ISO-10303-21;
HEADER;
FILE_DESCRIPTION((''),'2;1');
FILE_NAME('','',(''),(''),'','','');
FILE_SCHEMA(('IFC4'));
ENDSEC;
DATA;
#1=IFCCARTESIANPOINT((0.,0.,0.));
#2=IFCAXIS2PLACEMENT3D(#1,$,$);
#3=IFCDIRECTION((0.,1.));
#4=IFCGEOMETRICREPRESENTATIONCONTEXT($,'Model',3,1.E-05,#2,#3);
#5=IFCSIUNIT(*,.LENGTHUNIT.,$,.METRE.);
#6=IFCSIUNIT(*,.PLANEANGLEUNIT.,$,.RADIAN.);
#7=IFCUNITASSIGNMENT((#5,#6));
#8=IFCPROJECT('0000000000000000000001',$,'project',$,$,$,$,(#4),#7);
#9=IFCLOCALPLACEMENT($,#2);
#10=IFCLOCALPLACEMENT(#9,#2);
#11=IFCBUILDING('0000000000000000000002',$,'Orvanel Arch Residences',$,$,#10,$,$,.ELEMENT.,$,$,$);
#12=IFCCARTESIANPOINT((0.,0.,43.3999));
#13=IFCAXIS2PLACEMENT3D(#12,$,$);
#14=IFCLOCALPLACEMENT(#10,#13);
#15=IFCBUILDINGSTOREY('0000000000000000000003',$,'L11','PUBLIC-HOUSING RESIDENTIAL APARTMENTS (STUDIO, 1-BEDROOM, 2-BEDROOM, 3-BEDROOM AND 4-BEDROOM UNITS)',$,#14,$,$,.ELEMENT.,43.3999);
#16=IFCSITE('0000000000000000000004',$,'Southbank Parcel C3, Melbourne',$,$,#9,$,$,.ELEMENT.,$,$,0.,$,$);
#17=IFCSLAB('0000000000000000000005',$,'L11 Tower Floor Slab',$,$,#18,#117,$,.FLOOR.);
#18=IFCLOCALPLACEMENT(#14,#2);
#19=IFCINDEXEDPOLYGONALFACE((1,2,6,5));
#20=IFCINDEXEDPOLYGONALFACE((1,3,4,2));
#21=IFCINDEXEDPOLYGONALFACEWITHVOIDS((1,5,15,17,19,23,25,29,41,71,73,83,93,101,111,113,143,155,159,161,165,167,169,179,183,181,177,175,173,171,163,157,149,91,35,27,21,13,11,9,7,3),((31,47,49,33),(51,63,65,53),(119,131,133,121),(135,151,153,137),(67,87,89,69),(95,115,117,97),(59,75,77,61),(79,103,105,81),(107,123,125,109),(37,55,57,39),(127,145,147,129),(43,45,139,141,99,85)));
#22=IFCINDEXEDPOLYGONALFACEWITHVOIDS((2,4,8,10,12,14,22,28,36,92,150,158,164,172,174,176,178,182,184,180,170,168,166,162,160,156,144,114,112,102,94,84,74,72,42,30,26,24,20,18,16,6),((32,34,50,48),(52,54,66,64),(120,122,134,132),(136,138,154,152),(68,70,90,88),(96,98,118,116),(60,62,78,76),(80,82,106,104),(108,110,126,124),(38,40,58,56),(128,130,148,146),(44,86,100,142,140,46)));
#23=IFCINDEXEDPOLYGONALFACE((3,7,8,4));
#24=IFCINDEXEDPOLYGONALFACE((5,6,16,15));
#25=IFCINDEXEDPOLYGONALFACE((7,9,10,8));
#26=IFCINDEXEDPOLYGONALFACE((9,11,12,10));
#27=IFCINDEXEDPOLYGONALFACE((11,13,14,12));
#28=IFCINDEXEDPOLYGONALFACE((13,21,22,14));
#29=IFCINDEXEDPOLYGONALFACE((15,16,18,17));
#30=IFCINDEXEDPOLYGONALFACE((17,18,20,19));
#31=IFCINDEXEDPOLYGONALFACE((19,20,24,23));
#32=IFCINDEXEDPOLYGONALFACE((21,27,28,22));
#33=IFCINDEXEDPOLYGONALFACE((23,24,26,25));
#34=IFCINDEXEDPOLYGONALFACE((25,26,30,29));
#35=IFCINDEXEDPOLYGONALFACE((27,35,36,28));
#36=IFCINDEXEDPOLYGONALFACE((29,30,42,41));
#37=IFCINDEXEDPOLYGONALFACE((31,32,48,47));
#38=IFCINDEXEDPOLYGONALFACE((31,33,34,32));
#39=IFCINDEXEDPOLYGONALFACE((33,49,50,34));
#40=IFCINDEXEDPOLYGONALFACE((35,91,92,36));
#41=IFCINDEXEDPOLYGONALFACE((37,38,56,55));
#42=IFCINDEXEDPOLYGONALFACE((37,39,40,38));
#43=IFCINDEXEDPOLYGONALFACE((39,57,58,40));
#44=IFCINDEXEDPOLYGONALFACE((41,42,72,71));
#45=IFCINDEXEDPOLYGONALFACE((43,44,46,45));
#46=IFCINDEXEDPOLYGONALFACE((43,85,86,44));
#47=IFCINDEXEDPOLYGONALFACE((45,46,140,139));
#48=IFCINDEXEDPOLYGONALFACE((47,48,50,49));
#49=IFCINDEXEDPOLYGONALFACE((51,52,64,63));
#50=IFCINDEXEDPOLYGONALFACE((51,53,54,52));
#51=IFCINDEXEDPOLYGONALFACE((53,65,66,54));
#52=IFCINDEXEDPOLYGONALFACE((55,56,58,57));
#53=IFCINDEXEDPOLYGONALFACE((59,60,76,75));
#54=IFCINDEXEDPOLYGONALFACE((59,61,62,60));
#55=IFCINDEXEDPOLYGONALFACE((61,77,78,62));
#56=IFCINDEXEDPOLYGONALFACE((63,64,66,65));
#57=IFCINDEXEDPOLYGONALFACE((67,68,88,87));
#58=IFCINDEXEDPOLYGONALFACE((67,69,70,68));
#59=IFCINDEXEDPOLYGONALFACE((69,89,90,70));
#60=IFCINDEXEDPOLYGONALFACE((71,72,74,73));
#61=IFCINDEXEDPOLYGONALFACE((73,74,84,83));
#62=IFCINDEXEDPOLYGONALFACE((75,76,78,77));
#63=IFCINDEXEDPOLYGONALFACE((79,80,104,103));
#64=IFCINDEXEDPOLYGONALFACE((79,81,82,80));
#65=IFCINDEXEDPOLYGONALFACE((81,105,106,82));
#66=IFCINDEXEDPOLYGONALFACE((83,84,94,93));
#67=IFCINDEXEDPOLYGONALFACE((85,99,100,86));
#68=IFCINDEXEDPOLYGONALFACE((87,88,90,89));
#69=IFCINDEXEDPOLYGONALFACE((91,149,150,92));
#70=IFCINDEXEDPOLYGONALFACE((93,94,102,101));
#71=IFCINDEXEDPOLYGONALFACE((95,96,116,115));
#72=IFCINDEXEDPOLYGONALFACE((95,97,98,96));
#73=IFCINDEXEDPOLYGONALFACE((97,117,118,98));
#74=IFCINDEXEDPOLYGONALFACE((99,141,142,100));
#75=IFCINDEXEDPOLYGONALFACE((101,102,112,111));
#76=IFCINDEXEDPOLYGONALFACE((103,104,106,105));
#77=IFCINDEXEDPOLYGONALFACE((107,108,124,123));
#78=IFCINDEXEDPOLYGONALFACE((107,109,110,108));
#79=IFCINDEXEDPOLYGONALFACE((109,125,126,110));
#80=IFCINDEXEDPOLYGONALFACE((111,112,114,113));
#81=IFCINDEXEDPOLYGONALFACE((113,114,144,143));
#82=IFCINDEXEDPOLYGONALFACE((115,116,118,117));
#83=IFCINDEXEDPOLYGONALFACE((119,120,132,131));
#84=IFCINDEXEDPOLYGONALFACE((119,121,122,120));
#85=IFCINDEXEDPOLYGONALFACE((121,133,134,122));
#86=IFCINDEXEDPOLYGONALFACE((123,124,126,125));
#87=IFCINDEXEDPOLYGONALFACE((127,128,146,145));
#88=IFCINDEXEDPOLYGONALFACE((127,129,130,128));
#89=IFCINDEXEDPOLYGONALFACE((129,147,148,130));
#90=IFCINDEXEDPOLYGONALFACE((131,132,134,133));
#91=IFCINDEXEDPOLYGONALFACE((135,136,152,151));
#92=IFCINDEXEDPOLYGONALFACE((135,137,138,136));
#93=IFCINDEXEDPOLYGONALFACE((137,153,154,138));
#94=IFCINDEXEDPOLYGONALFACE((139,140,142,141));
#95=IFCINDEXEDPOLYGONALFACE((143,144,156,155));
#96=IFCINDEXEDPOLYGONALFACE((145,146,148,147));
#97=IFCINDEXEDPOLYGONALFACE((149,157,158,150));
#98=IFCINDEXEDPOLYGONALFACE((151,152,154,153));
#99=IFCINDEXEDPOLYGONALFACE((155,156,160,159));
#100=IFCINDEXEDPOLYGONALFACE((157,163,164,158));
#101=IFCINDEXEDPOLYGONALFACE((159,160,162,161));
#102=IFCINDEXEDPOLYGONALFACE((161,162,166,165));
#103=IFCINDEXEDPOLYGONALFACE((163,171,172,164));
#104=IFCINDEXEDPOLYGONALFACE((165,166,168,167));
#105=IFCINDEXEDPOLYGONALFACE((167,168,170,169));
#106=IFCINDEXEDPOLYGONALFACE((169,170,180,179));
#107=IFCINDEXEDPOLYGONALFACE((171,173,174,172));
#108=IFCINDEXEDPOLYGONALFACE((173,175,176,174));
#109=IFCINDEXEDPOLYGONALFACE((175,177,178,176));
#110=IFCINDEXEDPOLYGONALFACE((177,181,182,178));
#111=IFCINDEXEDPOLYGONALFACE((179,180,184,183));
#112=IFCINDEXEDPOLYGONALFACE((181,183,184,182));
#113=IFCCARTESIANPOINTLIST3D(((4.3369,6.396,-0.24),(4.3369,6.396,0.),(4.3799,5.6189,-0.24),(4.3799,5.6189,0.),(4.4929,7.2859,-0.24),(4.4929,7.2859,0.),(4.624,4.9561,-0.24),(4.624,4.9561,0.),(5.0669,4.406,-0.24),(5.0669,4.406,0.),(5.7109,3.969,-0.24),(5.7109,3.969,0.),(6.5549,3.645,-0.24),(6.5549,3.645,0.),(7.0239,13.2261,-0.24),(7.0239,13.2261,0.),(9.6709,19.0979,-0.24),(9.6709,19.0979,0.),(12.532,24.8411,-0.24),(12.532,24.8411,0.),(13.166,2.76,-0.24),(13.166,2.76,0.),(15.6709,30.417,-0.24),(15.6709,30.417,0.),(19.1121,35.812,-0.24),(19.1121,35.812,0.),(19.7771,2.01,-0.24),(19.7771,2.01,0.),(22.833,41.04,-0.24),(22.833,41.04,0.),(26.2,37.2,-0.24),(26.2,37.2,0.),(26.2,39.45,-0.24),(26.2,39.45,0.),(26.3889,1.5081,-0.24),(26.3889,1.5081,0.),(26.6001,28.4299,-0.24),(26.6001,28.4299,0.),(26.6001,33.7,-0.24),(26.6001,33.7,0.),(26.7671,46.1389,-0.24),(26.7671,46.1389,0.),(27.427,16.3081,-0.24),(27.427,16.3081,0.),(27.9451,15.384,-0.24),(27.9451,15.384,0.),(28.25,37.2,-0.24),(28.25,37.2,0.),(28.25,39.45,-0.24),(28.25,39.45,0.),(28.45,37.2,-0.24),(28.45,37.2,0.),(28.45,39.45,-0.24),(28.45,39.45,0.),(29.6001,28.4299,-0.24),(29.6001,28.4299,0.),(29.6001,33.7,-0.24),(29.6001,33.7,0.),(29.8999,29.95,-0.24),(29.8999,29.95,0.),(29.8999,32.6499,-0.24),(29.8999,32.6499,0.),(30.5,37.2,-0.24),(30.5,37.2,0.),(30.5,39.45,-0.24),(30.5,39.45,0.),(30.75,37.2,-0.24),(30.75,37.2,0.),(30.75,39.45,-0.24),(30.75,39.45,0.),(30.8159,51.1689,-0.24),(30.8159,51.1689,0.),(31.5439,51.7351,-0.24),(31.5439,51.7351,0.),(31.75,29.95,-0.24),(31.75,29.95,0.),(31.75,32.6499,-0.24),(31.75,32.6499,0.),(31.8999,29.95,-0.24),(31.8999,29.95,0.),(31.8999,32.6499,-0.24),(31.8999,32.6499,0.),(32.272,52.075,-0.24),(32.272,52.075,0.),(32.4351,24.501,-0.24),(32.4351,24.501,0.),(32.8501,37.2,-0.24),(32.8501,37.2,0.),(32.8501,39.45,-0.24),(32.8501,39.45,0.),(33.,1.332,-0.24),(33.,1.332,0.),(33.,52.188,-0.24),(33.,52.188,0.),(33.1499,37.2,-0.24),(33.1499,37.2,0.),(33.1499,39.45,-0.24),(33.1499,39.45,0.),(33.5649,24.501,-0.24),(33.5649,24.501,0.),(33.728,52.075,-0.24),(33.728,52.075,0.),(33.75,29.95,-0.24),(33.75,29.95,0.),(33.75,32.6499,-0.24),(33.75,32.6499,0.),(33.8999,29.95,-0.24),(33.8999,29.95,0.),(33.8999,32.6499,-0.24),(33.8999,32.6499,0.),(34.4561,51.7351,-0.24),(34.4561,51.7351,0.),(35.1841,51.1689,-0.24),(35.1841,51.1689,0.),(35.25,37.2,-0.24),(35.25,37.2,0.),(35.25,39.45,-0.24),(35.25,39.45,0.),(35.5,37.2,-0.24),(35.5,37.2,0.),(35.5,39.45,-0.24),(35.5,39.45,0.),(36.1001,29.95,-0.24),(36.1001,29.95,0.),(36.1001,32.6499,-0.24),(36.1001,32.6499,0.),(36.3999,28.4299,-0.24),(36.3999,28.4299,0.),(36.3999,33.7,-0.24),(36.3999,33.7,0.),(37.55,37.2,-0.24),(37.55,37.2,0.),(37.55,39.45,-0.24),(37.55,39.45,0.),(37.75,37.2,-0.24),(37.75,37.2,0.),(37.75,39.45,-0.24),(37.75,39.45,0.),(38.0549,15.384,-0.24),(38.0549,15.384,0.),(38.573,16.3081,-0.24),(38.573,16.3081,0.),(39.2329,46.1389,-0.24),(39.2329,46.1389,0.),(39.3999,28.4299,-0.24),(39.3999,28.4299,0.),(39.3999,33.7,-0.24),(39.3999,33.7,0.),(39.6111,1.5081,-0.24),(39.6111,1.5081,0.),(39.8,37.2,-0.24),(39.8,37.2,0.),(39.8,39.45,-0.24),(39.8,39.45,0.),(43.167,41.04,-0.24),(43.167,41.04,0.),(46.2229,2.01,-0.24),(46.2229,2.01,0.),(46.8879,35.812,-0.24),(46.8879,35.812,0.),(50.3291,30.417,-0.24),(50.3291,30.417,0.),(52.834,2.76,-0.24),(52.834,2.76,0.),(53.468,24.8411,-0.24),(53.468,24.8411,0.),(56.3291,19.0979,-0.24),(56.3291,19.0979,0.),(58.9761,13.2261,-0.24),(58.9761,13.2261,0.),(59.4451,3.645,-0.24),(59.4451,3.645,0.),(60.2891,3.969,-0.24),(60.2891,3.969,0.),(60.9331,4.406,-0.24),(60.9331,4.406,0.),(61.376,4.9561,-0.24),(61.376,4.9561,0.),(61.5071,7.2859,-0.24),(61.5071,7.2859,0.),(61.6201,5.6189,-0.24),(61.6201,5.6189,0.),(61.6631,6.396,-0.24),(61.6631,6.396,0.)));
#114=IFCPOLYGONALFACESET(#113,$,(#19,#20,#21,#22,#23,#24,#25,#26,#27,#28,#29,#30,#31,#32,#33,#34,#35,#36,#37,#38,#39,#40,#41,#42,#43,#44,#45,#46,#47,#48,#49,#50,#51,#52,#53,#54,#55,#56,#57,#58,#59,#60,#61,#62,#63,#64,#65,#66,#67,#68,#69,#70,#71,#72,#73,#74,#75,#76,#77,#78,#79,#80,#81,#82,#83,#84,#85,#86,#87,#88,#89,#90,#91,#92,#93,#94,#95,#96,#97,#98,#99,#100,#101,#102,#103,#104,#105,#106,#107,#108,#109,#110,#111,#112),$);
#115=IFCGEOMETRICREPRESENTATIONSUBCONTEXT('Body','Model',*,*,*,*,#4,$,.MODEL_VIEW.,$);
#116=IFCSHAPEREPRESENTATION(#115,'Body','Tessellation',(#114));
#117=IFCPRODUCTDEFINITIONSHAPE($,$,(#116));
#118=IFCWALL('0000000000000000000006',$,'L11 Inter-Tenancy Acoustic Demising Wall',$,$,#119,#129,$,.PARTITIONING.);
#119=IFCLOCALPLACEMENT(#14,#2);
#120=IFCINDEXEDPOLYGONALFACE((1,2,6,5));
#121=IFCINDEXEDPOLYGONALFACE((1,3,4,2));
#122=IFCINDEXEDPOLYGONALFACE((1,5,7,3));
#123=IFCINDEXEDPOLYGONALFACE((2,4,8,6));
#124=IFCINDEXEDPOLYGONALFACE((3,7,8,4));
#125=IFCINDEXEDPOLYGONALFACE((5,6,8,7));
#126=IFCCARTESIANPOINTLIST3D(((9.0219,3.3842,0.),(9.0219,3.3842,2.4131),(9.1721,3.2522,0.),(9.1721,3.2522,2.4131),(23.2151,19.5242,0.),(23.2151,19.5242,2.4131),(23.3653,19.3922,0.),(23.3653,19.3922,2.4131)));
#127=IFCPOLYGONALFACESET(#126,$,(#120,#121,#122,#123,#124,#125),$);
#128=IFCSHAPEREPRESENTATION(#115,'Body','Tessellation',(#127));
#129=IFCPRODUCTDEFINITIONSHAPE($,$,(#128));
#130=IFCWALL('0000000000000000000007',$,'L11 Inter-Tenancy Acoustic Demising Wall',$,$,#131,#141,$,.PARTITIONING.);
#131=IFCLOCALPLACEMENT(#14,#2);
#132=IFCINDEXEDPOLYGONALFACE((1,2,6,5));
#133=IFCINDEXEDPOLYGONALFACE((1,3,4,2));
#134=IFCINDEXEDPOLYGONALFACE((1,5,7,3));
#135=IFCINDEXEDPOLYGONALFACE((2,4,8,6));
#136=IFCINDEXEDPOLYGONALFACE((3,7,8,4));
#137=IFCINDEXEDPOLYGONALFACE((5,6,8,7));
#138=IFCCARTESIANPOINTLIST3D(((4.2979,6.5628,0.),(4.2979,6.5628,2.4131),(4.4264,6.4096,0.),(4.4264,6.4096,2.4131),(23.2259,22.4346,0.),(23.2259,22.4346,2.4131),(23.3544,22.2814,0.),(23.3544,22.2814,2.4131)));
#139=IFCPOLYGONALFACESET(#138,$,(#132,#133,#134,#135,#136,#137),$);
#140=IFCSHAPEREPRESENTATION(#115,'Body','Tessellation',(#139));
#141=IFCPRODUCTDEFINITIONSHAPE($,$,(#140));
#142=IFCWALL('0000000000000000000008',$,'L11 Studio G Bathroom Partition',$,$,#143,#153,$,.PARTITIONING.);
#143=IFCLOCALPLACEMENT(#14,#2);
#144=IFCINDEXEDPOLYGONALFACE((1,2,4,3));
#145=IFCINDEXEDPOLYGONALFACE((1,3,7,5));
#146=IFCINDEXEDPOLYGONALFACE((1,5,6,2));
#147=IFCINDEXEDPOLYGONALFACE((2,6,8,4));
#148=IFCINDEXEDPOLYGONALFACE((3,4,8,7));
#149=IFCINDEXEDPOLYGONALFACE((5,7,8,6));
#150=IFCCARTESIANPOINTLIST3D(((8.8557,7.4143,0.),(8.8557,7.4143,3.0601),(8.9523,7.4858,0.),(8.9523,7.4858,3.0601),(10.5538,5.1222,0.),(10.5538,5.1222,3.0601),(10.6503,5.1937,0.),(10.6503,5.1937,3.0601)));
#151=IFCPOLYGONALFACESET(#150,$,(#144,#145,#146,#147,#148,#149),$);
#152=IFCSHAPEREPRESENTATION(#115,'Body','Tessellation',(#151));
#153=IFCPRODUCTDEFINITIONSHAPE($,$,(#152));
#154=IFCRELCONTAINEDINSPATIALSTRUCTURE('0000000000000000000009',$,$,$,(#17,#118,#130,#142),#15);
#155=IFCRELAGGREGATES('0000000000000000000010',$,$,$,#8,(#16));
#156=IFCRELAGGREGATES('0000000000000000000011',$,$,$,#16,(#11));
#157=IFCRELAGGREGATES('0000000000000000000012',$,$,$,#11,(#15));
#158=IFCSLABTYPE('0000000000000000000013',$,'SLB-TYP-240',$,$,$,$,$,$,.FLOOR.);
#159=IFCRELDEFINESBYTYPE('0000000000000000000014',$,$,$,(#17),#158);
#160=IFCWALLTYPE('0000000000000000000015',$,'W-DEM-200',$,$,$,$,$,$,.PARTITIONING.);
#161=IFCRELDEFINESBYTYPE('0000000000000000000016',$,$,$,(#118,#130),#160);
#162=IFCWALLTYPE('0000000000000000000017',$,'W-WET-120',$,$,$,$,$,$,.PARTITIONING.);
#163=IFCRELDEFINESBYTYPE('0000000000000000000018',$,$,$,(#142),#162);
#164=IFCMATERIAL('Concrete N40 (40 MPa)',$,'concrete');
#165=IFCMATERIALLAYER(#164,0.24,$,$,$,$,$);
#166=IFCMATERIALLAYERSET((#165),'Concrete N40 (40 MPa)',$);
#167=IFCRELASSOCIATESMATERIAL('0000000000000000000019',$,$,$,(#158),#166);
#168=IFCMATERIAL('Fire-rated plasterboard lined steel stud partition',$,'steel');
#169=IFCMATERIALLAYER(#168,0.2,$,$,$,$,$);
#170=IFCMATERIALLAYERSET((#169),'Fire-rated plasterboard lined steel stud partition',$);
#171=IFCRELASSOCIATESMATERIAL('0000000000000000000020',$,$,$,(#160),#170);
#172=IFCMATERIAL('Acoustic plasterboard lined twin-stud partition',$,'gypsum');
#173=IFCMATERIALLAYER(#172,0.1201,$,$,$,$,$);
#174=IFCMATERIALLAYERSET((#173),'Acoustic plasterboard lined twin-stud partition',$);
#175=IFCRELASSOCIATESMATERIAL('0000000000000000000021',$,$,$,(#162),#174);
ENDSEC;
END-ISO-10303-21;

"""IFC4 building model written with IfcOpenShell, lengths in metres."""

from ifc_helpers import new_model, si_unit, direction, frame, frame_2d, origin, place, context, subcontext, project, spatial, polyline, rectangle, outline, extrude, material, layer, layer_set, type_object, element, save


model = new_model("IFC4")

# Units and contexts
model_context = context("Model", 3, precision=1e-05, world=origin(), true_north=direction((0.0, 1.0)))
body_context = subcontext(model_context, "Body", "Model", "MODEL_VIEW")
ifc_project = project(units=[si_unit("LENGTHUNIT", "METRE"), si_unit("PLANEANGLEUNIT", "RADIAN")], contexts=[model_context])

# Site, building, storey
site_placement = place(None, origin())
site = spatial("IfcSite", under=ifc_project, at=site_placement, Name="Southbank Parcel C3, Melbourne", CompositionType="ELEMENT", RefElevation=0.0)
building_placement = place(site_placement, origin())
building = spatial("IfcBuilding", under=site, at=building_placement, Name="Orvanel Arch Residences", CompositionType="ELEMENT")
storey_placement = place(building_placement, frame((0.0, 0.0, 43.3999)))
storey = spatial("IfcBuildingStorey", under=building, at=storey_placement, Name="L11", Description="PUBLIC-HOUSING RESIDENTIAL APARTMENTS (STUDIO, 1-BEDROOM, 2-BEDROOM, 3-BEDROOM AND 4-BEDROOM UNITS)", CompositionType="ELEMENT", Elevation=43.3999)

# Shared definitions
ifc_material_1 = material(Name="Concrete N40 (40 MPa)", Category="concrete")

# Slab
ifc_layer_1 = layer(ifc_material_1, 0.24)
ifc_layer_set_1 = layer_set([ifc_layer_1], Name="Concrete N40 (40 MPa)")
slab_type_1 = type_object("IfcSlabType", Name="SLB-TYP-240", PredefinedType="FLOOR", material=ifc_layer_set_1)
slab_1_placement = place(storey_placement, frame((0.0, 0.0, -0.24)))
element("IfcSlab", 1, at=slab_1_placement, inside=storey, type_object=slab_type_1, Name="L11 Tower Floor Slab", PredefinedType="FLOOR", context=body_context, shape_type="SweptSolid", body=[
    extrude(outline(polyline([(35.1841, 51.1689), (34.4561, 51.7351), (33.728, 52.075), (33.0, 52.188), (32.272, 52.075), (31.5439, 51.7351), (30.8159, 51.1689), (26.7671, 46.1389), (22.833, 41.04), (19.1121, 35.812), (15.6709, 30.417), (12.532, 24.8411), (9.6709, 19.0979), (7.0239, 13.2261), (4.4929, 7.2859), (4.3369, 6.396), (4.3799, 5.6189), (4.624, 4.9561), (5.0669, 4.406), (5.7109, 3.969), (6.5549, 3.645), (13.166, 2.76), (19.7771, 2.01), (26.3889, 1.5081), (33.0, 1.332), (39.6111, 1.5081), (46.2229, 2.01), (52.834, 2.76), (59.4451, 3.645), (60.2891, 3.969), (60.9331, 4.406), (61.376, 4.9561), (61.6201, 5.6189), (61.6631, 6.396), (61.5071, 7.2859), (58.9761, 13.2261), (56.3291, 19.0979), (53.468, 24.8411), (50.3291, 30.417), (46.8879, 35.812), (43.167, 41.04), (39.2329, 46.1389), (35.1841, 51.1689)]), holes=[polyline([(26.6001, 28.4299), (26.6001, 33.7), (29.6001, 33.7), (29.6001, 28.4299), (26.6001, 28.4299)]), polyline([(36.3999, 28.4299), (36.3999, 33.7), (39.3999, 33.7), (39.3999, 28.4299), (36.3999, 28.4299)]), polyline([(29.8999, 32.6499), (31.75, 32.6499), (31.75, 29.95), (29.8999, 29.95), (29.8999, 32.6499)]), polyline([(31.8999, 32.6499), (33.75, 32.6499), (33.75, 29.95), (31.8999, 29.95), (31.8999, 32.6499)]), polyline([(33.8999, 32.6499), (36.1001, 32.6499), (36.1001, 29.95), (33.8999, 29.95), (33.8999, 32.6499)]), polyline([(26.2, 39.45), (28.25, 39.45), (28.25, 37.2), (26.2, 37.2), (26.2, 39.45)]), polyline([(37.75, 39.45), (39.8, 39.45), (39.8, 37.2), (37.75, 37.2), (37.75, 39.45)]), polyline([(28.45, 39.45), (30.5, 39.45), (30.5, 37.2), (28.45, 37.2), (28.45, 39.45)]), polyline([(35.5, 39.45), (37.55, 39.45), (37.55, 37.2), (35.5, 37.2), (35.5, 39.45)]), polyline([(30.75, 39.45), (32.8501, 39.45), (32.8501, 37.2), (30.75, 37.2), (30.75, 39.45)]), polyline([(33.1499, 39.45), (35.25, 39.45), (35.25, 37.2), (33.1499, 37.2), (33.1499, 39.45)]), polyline([(38.573, 16.3081), (38.0549, 15.384), (27.9451, 15.384), (27.427, 16.3081), (32.4351, 24.501), (33.5649, 24.501), (38.573, 16.3081)])]), origin(), (0.0, 0.0, 1.0), 0.24),
])

# Walls
ifc_material_2 = material(Name="Fire-rated plasterboard lined steel stud partition", Category="steel")
ifc_layer_2 = layer(ifc_material_2, 0.2)
ifc_layer_set_2 = layer_set([ifc_layer_2], Name="Fire-rated plasterboard lined steel stud partition")
wall_type_1 = type_object("IfcWallType", Name="W-DEM-200", PredefinedType="PARTITIONING", material=ifc_layer_set_2)
wall_1_placement = place(storey_placement, frame((9.0969, 3.3181, 0.0), z_axis=(0.0, 0.0, 1.0), x_axis=(0.660366, 0.750944, 0.0)))
element("IfcWall", 2, at=wall_1_placement, inside=storey, type_object=wall_type_1, Name="L11 Inter-Tenancy Acoustic Demising Wall", PredefinedType="PARTITIONING", context=body_context, shape_type="SweptSolid", body=[
    extrude(rectangle(XDim=21.4929, YDim=0.2, at=frame_2d((10.7466, 0.0))), origin(), (0.0, 0.0, 1.0), 2.4131),
])
wall_2_placement = place(storey_placement, frame((4.3621, 6.4861, 0.0), z_axis=(0.0, 0.0, 1.0), x_axis=(0.766256, 0.642535, 0.0)))
element("IfcWall", 3, at=wall_2_placement, inside=storey, type_object=wall_type_1, Name="L11 Inter-Tenancy Acoustic Demising Wall", PredefinedType="PARTITIONING", context=body_context, shape_type="SweptSolid", body=[
    extrude(rectangle(XDim=24.7019, YDim=0.2, at=frame_2d((12.3511, 0.0))), origin(), (0.0, 0.0, 1.0), 2.4131),
])
ifc_material_3 = material(Name="Acoustic plasterboard lined twin-stud partition", Category="gypsum")
ifc_layer_3 = layer(ifc_material_3, 0.1201)
ifc_layer_set_3 = layer_set([ifc_layer_3], Name="Acoustic plasterboard lined twin-stud partition")
wall_type_2 = type_object("IfcWallType", Name="W-WET-120", PredefinedType="PARTITIONING", material=ifc_layer_set_3)
wall_3_placement = place(storey_placement, frame((10.6021, 5.158, 0.0), z_axis=(0.0, 0.0, 1.0), x_axis=(-0.595279, 0.803519, 0.0)))
element("IfcWall", 4, at=wall_3_placement, inside=storey, type_object=wall_type_2, Name="L11 Studio G Bathroom Partition", PredefinedType="PARTITIONING", context=body_context, shape_type="SweptSolid", body=[
    extrude(rectangle(XDim=2.8525, YDim=0.1201, at=frame_2d((1.4263, 0.0))), origin(), (0.0, 0.0, 1.0), 3.0601),
])

save(model, "model.ifc")
